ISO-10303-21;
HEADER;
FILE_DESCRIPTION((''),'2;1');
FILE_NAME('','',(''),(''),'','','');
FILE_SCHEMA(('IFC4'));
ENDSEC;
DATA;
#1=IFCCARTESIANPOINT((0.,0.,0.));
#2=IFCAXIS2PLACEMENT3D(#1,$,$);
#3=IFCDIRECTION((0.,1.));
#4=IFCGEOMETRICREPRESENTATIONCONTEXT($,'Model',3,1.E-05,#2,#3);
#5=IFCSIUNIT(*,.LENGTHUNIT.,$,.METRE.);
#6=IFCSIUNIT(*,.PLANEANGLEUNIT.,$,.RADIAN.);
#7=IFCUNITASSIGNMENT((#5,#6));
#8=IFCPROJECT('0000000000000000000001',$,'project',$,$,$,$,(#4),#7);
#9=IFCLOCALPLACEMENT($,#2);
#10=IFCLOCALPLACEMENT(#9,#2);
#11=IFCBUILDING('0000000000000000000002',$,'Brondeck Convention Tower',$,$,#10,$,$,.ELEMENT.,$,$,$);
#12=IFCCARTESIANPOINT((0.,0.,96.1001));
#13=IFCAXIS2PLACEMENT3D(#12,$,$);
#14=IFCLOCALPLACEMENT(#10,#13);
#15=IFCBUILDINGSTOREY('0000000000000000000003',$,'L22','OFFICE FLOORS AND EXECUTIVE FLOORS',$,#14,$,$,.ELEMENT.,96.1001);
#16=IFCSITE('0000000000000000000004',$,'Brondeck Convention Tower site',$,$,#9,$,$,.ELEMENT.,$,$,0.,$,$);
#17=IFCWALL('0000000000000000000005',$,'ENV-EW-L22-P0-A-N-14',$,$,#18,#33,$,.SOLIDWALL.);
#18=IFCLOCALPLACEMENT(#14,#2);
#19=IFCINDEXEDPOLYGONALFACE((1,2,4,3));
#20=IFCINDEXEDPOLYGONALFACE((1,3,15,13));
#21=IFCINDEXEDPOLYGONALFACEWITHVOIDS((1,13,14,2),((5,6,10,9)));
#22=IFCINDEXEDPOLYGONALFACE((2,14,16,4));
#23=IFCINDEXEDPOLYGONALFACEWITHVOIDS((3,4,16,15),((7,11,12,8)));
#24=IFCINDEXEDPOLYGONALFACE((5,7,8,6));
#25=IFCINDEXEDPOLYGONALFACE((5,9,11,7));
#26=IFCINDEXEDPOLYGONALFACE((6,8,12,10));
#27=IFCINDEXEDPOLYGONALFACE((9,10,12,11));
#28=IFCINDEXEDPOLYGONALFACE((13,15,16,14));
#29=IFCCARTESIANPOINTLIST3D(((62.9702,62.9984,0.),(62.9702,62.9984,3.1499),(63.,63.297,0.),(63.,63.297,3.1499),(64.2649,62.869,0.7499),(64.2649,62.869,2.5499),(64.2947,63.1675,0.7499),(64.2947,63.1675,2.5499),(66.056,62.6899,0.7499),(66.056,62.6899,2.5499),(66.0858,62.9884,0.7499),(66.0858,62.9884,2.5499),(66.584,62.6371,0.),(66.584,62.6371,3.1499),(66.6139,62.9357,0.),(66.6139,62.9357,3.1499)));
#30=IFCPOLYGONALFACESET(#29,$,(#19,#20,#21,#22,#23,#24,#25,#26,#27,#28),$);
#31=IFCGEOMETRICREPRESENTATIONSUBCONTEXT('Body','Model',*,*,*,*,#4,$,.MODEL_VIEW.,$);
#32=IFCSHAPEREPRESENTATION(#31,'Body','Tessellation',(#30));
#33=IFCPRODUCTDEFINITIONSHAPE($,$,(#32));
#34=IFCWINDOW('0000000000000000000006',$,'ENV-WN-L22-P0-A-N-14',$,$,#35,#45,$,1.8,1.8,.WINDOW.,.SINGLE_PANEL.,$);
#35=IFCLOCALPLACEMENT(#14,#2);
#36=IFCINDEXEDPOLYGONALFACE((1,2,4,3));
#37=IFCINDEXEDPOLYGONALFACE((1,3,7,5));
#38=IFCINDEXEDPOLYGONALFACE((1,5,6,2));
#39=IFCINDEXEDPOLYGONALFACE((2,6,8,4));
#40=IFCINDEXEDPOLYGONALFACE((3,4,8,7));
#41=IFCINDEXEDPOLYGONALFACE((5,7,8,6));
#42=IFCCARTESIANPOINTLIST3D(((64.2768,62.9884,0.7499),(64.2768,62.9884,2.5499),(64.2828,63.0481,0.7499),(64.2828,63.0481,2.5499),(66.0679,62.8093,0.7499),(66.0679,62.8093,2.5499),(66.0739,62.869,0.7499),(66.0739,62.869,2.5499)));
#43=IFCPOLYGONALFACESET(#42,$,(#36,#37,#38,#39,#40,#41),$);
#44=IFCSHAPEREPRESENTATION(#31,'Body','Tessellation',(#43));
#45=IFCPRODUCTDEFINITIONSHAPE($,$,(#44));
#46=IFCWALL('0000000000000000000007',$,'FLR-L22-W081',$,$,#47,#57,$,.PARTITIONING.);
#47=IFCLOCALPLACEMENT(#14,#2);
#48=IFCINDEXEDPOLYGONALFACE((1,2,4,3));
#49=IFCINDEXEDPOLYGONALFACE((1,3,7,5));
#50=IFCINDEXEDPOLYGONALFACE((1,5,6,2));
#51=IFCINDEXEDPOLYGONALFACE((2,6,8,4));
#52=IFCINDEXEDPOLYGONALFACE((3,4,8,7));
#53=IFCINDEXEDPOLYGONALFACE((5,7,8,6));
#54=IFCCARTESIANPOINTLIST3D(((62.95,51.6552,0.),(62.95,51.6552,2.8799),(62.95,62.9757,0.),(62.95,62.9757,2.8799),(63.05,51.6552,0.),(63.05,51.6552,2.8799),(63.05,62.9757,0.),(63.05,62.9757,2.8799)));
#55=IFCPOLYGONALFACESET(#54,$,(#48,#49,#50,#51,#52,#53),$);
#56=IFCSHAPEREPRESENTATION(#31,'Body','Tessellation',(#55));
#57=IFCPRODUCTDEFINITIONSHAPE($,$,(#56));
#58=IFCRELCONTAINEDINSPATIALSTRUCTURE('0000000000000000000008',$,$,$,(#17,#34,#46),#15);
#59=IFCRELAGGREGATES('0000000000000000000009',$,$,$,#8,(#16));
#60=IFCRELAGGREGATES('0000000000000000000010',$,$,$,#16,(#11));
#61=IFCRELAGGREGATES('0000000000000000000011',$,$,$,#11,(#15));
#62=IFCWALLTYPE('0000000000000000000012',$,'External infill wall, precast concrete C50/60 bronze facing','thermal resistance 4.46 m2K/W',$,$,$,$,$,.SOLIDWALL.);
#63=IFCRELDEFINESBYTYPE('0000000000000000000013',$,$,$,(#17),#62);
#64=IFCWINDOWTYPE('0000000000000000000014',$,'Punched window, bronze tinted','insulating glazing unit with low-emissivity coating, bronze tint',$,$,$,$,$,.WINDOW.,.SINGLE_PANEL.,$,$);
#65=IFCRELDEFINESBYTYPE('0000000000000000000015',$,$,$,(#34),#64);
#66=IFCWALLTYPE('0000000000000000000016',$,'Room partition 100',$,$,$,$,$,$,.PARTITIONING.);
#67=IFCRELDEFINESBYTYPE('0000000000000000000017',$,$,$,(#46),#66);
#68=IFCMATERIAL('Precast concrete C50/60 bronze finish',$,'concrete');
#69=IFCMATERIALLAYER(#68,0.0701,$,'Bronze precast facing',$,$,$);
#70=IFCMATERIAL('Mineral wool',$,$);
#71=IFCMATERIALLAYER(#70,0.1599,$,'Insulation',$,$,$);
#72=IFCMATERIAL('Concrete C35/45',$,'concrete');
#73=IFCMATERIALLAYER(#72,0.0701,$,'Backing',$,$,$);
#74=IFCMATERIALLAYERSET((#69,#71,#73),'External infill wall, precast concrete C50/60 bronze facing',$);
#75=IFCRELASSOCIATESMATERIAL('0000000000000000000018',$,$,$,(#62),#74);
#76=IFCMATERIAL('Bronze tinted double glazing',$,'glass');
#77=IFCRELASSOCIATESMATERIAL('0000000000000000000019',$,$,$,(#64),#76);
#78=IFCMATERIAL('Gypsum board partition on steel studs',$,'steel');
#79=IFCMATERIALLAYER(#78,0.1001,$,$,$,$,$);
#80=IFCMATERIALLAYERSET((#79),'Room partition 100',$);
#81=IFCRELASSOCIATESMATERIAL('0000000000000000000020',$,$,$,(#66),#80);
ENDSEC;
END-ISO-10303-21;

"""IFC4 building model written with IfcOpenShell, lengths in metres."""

from ifc_helpers import new_model, si_unit, direction, frame, frame_2d, origin, place, context, subcontext, project, spatial, rectangle, extrude, material, layer, layer_set, type_object, element, fill, save


model = new_model("IFC4")

# Units and contexts
model_context = context("Model", 3, precision=1e-05, world=origin(), true_north=direction((0.0, 1.0)))
body_context = subcontext(model_context, "Body", "Model", "MODEL_VIEW")
ifc_project = project(units=[si_unit("LENGTHUNIT", "METRE"), si_unit("PLANEANGLEUNIT", "RADIAN")], contexts=[model_context])

# Site, building, storey
site_placement = place(None, origin())
site = spatial("IfcSite", under=ifc_project, at=site_placement, Name="Brondeck Convention Tower site", CompositionType="ELEMENT", RefElevation=0.0)
building_placement = place(site_placement, origin())
building = spatial("IfcBuilding", under=site, at=building_placement, Name="Brondeck Convention Tower", CompositionType="ELEMENT")
storey_placement = place(building_placement, frame((0.0, 0.0, 96.1001)))
storey = spatial("IfcBuildingStorey", under=building, at=storey_placement, Name="L22", Description="OFFICE FLOORS AND EXECUTIVE FLOORS", CompositionType="ELEMENT", Elevation=96.1001)

# Shared definitions
ifc_material_1 = material(Name="Precast concrete C50/60 bronze finish", Category="concrete")
ifc_layer_1 = layer(ifc_material_1, 0.0701, Name="Bronze precast facing")
ifc_material_2 = material(Name="Mineral wool")
ifc_layer_2 = layer(ifc_material_2, 0.1599, Name="Insulation")
ifc_material_3 = material(Name="Concrete C35/45", Category="concrete")
ifc_layer_3 = layer(ifc_material_3, 0.0701, Name="Backing")
ifc_layer_set_1 = layer_set([ifc_layer_1, ifc_layer_2, ifc_layer_3], Name="External infill wall, precast concrete C50/60 bronze facing")
wall_type_1 = type_object("IfcWallType", Name="External infill wall, precast concrete C50/60 bronze facing", Description="thermal resistance 4.46 m2K/W", PredefinedType="SOLIDWALL", material=ifc_layer_set_1)
ifc_material_4 = material(Name="Bronze tinted double glazing", Category="glass")
window_type_1 = type_object("IfcWindowType", Name="Punched window, bronze tinted", Description="insulating glazing unit with low-emissivity coating, bronze tint", PartitioningType="SINGLE_PANEL", PredefinedType="WINDOW", material=ifc_material_4)

# Wall, opening, window
wall_1_placement = place(storey_placement, frame((62.9851, 63.1477, 0.0), z_axis=(0.0, 0.0, 1.0), x_axis=(0.995039, -0.09949, 0.0)))
wall_1 = element("IfcWall", 1, at=wall_1_placement, inside=storey, type_object=wall_type_1, Name="ENV-EW-L22-P0-A-N-14", PredefinedType="SOLIDWALL", context=body_context, shape_type="SweptSolid", body=[
    extrude(rectangle(XDim=3.6318, YDim=0.3, at=frame_2d((1.8159, 0.0))), origin(), (0.0, 0.0, 1.0), 3.1499),
])
opening_1_placement = place(wall_1_placement, frame((1.3013, 0.0, 0.75)))
opening_1 = element("IfcOpeningElement", 2, at=opening_1_placement, cuts=wall_1, PredefinedType="OPENING", context=body_context, shape_type="SweptSolid", body=[
    extrude(rectangle(XDim=1.8, YDim=1.8, at=frame_2d((0.8999, 0.8999))), frame((0.0, 0.1599, 0.0), z_axis=(0.0, -1.0, 0.0), x_axis=(1.0, 0.0, 0.0)), (0.0, 0.0, 1.0), 0.3201),
])
window_1_placement = place(opening_1_placement, origin())
window_1 = element("IfcWindow", 3, at=window_1_placement, inside=storey, type_object=window_type_1, Name="ENV-WN-L22-P0-A-N-14", OverallHeight=1.8, OverallWidth=1.8, PartitioningType="SINGLE_PANEL", PredefinedType="WINDOW", context=body_context, shape_type="SweptSolid", body=[
    extrude(rectangle(XDim=1.8, YDim=1.8, at=frame_2d((0.8999, 0.8999))), frame((0.0, 0.03, 0.0), z_axis=(0.0, -1.0, 0.0), x_axis=(1.0, 0.0, 0.0)), (0.0, 0.0, 1.0), 0.0601),
])
fill(opening_1, window_1)

# Wall
ifc_material_5 = material(Name="Gypsum board partition on steel studs", Category="steel")
ifc_layer_4 = layer(ifc_material_5, 0.1001)
ifc_layer_set_2 = layer_set([ifc_layer_4], Name="Room partition 100")
wall_type_2 = type_object("IfcWallType", Name="Room partition 100", PredefinedType="PARTITIONING", material=ifc_layer_set_2)
wall_2_placement = place(storey_placement, frame((63.0, 62.9756, 0.0), z_axis=(0.0, 0.0, 1.0), x_axis=(0.0, -1.0, 0.0)))
element("IfcWall", 4, at=wall_2_placement, inside=storey, type_object=wall_type_2, Name="FLR-L22-W081", PredefinedType="PARTITIONING", context=body_context, shape_type="SweptSolid", body=[
    extrude(rectangle(XDim=11.3206, YDim=0.1001, at=frame_2d((5.6602, 0.0))), origin(), (0.0, 0.0, 1.0), 2.8799),
])

save(model, "model.ifc")
